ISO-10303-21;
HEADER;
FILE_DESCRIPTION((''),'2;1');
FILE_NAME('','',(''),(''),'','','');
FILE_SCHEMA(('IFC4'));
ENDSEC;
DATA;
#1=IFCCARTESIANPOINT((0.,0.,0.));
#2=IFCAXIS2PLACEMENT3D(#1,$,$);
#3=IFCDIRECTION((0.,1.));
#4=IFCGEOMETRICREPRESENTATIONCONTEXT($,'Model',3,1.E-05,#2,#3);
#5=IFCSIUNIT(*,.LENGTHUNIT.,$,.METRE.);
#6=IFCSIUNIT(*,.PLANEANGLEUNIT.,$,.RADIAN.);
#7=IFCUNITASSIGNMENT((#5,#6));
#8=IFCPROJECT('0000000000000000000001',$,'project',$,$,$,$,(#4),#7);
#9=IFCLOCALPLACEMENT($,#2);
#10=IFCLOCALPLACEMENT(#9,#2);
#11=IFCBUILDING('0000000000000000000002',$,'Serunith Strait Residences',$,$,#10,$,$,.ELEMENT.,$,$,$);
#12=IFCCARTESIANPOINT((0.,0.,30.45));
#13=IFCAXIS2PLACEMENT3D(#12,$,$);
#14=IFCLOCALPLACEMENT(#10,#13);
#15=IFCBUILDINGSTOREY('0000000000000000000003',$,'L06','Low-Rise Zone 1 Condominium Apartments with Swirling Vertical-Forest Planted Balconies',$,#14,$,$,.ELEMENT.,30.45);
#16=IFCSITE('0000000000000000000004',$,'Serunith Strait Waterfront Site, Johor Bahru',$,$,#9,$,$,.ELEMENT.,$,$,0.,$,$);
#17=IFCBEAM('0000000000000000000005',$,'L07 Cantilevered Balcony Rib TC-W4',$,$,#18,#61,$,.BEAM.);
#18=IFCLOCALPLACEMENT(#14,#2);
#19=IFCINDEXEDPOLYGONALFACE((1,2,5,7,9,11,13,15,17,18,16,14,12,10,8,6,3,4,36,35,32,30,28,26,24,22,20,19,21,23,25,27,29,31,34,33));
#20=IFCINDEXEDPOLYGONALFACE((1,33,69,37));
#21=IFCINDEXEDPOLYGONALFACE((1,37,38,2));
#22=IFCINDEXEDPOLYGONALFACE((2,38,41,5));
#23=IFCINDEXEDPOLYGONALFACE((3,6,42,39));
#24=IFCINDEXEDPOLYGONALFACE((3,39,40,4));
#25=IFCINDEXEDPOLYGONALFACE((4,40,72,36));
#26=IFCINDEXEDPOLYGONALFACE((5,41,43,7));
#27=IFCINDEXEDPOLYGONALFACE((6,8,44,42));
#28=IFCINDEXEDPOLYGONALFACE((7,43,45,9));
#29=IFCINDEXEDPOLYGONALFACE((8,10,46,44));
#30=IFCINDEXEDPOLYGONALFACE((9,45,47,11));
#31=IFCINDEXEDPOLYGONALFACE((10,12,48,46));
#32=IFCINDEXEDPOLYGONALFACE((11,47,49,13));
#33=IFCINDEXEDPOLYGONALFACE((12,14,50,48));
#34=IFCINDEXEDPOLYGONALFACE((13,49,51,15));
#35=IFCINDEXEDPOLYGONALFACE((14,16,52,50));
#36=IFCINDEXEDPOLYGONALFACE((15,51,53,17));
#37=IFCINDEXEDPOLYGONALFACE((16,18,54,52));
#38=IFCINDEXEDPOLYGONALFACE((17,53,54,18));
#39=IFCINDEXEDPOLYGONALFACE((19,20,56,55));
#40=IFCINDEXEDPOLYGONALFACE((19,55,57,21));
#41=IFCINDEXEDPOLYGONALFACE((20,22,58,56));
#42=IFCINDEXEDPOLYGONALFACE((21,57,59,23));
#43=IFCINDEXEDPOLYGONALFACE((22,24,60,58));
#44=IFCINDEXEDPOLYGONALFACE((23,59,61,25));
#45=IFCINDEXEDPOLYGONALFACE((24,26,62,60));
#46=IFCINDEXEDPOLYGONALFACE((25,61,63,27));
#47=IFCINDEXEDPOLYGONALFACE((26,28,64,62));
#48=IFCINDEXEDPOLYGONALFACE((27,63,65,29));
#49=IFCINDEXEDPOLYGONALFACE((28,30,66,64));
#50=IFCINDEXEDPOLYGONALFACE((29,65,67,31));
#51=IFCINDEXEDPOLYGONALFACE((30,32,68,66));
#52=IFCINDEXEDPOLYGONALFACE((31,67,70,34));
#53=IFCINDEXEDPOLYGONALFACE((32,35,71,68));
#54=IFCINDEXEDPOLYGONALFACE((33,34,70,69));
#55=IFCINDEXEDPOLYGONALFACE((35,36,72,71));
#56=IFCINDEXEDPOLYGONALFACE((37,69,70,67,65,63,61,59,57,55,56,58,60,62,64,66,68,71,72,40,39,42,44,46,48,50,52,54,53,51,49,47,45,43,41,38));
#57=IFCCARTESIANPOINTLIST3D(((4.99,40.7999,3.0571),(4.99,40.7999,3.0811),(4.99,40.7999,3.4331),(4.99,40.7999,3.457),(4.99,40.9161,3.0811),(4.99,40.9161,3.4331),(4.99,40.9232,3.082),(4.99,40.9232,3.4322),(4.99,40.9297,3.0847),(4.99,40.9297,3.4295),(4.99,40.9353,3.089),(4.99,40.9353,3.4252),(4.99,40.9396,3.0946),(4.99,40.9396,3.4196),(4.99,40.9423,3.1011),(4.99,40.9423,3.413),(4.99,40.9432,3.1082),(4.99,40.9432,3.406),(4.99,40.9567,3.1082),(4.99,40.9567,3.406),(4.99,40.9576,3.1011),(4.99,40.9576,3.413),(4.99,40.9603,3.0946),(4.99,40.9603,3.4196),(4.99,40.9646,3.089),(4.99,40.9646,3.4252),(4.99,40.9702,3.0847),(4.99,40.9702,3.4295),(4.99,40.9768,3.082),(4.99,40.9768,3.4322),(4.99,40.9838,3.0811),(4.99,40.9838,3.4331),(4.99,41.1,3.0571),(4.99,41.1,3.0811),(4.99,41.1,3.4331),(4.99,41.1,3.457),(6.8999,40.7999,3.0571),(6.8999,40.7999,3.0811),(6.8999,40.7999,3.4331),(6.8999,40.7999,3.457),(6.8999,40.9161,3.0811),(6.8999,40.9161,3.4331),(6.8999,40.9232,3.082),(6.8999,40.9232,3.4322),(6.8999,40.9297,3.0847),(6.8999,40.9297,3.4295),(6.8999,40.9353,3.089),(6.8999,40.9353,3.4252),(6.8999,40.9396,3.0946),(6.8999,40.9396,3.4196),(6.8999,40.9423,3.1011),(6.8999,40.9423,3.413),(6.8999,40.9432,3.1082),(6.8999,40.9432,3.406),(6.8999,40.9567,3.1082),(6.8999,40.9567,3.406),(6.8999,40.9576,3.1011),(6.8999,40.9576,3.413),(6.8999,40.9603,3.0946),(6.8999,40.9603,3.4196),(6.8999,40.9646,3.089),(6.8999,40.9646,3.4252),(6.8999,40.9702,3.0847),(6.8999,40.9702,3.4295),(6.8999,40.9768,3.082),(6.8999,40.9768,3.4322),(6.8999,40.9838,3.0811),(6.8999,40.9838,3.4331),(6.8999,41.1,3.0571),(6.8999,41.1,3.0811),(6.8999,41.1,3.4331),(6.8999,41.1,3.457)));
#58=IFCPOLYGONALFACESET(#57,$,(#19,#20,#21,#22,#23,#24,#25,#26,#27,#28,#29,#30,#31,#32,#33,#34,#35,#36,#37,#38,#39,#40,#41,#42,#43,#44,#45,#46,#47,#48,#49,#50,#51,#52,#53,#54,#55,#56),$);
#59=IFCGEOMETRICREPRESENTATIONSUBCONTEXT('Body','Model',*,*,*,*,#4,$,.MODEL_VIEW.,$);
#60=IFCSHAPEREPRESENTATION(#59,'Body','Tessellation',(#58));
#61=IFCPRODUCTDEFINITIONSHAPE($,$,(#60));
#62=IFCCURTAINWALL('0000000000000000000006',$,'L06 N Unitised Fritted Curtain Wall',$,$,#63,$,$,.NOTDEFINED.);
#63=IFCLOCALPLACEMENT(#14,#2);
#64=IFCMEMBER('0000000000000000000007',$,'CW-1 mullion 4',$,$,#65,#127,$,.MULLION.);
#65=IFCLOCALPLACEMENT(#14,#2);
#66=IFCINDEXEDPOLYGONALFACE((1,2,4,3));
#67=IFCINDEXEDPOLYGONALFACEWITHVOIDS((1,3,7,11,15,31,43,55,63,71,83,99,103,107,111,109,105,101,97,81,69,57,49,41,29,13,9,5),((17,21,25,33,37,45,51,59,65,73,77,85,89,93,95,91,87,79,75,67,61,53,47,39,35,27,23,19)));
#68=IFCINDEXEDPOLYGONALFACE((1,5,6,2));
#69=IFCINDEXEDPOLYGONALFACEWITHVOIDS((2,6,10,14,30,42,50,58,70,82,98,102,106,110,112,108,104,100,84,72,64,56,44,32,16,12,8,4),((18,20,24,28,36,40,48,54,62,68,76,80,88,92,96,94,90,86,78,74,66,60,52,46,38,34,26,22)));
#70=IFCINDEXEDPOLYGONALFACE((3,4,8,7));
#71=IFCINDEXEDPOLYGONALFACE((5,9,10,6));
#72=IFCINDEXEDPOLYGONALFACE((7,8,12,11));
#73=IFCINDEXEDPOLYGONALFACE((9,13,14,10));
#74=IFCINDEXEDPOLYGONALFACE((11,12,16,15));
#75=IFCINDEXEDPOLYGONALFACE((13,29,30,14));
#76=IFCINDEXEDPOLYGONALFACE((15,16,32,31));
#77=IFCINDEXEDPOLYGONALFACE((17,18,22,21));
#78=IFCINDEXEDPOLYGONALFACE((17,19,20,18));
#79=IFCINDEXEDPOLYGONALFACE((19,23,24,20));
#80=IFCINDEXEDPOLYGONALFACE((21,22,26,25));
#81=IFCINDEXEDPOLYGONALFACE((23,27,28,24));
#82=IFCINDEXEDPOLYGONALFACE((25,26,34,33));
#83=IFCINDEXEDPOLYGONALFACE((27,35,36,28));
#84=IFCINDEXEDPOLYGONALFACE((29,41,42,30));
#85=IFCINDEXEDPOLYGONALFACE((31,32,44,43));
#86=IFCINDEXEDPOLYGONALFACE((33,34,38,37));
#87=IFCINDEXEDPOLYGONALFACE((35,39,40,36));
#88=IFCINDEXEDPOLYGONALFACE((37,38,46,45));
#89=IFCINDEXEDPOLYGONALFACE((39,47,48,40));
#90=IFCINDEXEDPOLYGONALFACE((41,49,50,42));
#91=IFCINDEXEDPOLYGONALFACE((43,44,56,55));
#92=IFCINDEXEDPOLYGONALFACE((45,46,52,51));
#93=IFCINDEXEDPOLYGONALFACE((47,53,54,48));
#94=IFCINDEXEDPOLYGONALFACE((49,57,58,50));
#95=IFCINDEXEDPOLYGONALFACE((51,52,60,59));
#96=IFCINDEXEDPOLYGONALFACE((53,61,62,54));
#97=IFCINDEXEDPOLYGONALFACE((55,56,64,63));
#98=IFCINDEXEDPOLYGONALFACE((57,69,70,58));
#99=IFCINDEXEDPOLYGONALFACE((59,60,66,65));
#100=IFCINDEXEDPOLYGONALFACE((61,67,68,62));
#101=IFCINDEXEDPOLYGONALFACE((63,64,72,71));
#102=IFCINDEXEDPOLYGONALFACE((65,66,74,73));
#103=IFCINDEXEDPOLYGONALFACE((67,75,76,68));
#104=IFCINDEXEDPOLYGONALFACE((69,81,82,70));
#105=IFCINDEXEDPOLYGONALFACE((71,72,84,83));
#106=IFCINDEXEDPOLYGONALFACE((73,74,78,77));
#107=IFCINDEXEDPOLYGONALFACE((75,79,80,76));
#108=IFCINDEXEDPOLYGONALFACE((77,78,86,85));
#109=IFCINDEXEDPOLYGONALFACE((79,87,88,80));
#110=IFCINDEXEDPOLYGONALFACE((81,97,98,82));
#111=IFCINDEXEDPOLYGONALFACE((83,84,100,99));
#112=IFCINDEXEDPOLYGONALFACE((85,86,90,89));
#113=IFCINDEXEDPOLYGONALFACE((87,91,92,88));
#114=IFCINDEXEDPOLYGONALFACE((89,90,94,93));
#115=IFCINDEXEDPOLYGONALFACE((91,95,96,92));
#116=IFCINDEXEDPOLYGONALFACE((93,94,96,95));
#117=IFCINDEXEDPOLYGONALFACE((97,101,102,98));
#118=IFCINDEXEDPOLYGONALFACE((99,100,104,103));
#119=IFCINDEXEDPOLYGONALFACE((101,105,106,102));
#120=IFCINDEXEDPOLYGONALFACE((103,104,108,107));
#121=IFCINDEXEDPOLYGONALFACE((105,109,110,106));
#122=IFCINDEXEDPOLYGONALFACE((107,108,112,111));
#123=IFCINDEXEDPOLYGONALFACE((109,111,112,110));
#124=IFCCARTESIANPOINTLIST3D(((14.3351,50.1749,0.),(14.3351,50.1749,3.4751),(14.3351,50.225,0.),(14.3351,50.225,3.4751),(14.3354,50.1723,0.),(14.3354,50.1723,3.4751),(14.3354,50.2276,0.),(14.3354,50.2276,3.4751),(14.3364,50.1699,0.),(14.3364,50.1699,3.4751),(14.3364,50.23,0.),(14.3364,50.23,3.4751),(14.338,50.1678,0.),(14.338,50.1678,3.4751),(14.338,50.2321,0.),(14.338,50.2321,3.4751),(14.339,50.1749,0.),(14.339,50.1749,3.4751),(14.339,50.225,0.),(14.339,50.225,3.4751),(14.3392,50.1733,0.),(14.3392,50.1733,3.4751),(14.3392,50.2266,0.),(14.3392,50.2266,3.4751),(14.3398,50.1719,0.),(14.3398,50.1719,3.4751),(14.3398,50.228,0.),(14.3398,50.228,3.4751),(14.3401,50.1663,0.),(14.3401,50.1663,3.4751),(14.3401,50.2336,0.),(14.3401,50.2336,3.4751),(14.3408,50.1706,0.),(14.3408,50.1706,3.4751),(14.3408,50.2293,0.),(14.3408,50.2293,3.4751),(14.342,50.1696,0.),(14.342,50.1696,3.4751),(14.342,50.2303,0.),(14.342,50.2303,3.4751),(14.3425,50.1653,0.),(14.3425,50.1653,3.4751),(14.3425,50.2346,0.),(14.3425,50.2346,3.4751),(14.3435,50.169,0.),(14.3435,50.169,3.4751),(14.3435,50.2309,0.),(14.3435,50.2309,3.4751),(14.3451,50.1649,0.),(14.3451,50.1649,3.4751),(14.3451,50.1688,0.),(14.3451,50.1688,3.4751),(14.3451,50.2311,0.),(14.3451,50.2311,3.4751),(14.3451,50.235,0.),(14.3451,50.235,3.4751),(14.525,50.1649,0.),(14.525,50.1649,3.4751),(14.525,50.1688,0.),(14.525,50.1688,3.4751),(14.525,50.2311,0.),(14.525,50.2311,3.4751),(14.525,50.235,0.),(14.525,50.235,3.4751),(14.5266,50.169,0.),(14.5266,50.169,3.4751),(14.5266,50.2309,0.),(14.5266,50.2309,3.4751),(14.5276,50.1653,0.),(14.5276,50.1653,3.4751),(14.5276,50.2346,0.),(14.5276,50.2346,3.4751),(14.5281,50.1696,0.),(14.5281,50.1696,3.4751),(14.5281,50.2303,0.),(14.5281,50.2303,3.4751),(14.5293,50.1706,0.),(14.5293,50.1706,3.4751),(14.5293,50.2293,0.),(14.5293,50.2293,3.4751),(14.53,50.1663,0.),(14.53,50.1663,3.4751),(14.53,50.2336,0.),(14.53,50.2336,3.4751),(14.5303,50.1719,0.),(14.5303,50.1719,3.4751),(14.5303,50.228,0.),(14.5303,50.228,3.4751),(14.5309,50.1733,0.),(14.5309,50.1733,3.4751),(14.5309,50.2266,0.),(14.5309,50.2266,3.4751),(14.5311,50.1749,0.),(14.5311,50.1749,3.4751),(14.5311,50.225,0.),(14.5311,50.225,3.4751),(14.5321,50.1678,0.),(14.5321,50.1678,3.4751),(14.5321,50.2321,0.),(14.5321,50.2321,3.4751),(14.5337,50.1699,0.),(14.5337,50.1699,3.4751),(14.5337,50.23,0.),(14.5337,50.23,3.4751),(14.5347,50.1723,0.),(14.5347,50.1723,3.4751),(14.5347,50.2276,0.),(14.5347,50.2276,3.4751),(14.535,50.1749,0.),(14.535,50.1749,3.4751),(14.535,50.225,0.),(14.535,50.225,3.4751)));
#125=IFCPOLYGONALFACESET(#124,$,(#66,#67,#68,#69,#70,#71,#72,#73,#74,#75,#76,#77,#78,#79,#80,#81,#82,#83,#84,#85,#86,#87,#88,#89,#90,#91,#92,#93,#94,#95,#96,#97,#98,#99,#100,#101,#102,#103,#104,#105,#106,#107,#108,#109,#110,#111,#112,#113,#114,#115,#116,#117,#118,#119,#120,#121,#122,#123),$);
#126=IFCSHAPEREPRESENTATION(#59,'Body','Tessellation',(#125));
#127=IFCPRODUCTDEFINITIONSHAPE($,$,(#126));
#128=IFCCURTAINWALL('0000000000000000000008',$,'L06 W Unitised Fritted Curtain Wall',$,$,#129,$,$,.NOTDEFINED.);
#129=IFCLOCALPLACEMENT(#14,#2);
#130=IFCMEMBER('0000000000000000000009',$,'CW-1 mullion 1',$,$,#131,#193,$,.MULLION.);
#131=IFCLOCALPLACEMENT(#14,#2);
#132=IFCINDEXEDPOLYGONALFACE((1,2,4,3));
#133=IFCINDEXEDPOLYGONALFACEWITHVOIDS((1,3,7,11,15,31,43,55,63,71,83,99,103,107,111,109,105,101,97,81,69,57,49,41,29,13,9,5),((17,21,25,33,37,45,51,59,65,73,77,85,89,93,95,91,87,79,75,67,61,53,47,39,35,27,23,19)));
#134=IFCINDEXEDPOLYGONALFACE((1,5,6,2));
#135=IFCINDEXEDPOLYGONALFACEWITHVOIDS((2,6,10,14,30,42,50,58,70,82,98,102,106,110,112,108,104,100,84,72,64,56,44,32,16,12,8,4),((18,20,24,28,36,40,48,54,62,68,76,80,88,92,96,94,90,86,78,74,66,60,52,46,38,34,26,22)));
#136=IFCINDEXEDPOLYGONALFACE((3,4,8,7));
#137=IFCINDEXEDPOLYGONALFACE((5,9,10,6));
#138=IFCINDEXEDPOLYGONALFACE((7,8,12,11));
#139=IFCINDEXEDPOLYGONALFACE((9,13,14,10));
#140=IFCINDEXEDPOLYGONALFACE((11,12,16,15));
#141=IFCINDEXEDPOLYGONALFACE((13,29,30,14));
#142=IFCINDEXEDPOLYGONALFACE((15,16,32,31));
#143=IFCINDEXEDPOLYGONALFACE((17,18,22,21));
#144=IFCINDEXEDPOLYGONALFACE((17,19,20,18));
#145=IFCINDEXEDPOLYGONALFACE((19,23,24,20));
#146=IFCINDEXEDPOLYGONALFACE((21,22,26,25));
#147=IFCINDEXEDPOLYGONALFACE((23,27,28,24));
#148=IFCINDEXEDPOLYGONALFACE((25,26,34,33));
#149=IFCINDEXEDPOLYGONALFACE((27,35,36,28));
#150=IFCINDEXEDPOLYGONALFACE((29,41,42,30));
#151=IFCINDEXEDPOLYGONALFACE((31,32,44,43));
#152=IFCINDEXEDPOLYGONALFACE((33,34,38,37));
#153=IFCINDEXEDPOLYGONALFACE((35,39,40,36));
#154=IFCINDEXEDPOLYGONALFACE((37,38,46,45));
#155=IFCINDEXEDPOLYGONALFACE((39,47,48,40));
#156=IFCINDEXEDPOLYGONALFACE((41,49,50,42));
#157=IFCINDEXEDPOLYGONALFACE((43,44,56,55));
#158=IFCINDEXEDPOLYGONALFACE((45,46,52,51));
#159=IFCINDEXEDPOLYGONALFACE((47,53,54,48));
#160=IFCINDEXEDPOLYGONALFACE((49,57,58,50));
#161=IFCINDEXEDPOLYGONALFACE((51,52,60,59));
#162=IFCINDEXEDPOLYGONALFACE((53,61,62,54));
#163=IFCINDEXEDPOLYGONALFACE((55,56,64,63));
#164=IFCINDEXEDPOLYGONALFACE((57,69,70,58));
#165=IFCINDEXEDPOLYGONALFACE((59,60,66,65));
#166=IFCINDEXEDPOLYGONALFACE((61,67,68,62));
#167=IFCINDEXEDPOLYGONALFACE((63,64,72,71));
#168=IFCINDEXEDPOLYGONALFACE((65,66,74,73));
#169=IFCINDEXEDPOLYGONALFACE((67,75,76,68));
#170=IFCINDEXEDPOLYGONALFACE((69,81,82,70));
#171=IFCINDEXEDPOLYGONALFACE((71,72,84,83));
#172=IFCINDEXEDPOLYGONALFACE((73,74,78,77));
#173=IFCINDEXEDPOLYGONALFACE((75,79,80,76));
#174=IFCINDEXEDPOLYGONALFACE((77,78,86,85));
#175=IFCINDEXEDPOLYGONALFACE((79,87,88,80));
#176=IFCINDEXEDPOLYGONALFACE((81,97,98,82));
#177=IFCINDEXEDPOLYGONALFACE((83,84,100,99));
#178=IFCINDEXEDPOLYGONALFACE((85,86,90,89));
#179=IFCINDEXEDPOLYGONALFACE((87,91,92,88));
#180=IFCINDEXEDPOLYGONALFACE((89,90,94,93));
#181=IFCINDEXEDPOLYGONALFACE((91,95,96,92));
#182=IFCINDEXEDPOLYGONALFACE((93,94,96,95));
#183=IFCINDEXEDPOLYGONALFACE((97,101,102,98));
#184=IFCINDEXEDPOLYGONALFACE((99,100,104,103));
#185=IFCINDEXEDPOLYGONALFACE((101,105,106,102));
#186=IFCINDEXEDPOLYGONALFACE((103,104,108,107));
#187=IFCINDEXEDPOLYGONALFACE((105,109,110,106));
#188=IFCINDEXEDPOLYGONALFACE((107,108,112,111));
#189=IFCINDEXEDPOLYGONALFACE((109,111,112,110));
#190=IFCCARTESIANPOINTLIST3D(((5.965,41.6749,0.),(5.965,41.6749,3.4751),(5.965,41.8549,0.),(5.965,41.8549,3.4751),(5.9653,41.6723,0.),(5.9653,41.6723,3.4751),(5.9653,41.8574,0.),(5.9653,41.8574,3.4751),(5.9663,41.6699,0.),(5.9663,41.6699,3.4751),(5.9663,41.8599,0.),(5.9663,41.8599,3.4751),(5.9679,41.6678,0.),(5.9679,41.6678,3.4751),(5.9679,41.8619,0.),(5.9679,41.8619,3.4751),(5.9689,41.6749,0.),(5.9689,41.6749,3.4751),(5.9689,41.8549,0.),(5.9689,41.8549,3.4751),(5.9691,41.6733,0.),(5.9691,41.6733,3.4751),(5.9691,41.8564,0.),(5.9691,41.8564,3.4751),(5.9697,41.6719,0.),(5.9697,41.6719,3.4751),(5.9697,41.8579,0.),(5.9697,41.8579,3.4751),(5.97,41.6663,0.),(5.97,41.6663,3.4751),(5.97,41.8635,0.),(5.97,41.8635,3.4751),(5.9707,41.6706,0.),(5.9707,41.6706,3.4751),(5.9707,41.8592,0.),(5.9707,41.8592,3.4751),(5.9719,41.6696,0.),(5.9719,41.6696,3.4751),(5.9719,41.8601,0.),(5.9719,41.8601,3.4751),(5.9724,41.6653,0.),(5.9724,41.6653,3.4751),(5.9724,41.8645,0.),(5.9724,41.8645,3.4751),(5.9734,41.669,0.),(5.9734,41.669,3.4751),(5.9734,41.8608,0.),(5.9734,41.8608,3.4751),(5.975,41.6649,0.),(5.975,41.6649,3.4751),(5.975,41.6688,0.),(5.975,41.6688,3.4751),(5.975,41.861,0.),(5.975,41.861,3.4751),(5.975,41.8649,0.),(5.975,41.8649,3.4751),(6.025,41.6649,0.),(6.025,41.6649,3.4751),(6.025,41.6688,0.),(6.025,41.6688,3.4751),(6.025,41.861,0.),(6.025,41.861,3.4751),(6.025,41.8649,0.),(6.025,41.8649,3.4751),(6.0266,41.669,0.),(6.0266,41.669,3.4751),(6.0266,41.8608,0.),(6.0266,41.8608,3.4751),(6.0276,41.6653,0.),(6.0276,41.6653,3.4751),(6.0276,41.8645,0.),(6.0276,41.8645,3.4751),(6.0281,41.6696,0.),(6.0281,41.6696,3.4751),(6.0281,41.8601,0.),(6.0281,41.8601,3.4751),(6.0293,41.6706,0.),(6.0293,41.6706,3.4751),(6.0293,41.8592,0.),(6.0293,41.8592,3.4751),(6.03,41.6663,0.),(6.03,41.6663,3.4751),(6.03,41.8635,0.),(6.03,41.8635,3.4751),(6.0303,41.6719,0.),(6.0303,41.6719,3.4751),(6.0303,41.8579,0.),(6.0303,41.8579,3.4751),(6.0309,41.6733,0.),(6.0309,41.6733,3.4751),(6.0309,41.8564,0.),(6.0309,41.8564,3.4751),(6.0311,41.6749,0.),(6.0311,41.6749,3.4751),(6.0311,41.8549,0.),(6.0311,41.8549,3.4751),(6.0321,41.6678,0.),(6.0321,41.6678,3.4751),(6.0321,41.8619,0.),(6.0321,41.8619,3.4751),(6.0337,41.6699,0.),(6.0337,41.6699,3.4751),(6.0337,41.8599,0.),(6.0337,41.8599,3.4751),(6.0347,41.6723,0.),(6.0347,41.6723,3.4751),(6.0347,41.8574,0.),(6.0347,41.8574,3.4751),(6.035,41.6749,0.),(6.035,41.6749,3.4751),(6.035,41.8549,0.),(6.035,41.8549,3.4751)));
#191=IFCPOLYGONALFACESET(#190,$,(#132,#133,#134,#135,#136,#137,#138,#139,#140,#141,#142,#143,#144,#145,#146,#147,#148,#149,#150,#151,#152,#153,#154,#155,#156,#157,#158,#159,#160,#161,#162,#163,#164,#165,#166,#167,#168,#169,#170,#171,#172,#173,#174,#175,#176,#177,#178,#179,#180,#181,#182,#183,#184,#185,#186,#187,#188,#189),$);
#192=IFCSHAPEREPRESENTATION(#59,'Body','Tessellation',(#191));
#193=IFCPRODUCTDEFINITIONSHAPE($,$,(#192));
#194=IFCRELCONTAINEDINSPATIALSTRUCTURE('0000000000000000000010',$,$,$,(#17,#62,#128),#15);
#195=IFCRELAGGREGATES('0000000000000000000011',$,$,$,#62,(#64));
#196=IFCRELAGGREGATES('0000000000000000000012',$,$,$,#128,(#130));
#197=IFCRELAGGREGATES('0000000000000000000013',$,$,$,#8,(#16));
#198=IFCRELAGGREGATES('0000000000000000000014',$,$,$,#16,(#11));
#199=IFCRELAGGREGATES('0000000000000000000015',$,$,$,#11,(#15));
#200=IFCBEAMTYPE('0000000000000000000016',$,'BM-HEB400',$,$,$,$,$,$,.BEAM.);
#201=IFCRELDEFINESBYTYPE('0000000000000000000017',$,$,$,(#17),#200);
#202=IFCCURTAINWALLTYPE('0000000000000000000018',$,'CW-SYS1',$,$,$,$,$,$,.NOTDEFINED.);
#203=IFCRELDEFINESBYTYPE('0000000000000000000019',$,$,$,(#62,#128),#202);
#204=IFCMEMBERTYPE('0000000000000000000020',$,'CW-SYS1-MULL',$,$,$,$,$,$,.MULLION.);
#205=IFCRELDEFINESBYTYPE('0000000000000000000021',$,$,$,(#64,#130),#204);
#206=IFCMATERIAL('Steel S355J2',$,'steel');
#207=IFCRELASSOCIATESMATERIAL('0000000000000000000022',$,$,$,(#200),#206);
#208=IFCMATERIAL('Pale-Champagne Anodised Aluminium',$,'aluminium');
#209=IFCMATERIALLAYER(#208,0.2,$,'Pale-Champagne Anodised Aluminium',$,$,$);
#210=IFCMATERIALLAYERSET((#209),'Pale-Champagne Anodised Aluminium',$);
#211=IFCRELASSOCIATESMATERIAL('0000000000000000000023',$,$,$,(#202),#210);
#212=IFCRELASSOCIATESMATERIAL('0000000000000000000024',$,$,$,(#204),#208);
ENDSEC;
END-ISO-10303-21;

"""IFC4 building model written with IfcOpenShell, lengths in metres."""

from ifc_helpers import new_model, si_unit, direction, frame, origin, origin_2d, place, context, subcontext, project, spatial, hollow_rectangle, i_section, extrude, source, transform, mapped, material, layer, layer_set, material_profile, profile_set, type_object, element, aggregate, save


model = new_model("IFC4")

# Units and contexts
model_context = context("Model", 3, precision=1e-05, world=origin(), true_north=direction((0.0, 1.0)))
body_context = subcontext(model_context, "Body", "Model", "MODEL_VIEW")
ifc_project = project(units=[si_unit("LENGTHUNIT", "METRE"), si_unit("PLANEANGLEUNIT", "RADIAN")], contexts=[model_context])

# Site, building, storey
site_placement = place(None, origin())
site = spatial("IfcSite", under=ifc_project, at=site_placement, Name="Serunith Strait Waterfront Site, Johor Bahru", CompositionType="ELEMENT", RefElevation=0.0)
building_placement = place(site_placement, origin())
building = spatial("IfcBuilding", under=site, at=building_placement, Name="Serunith Strait Residences", CompositionType="ELEMENT")
storey_placement = place(building_placement, frame((0.0, 0.0, 30.45)))
storey = spatial("IfcBuildingStorey", under=building, at=storey_placement, Name="L06", Description="Low-Rise Zone 1 Condominium Apartments with Swirling Vertical-Forest Planted Balconies", CompositionType="ELEMENT", Elevation=30.45)

# Beam
ifc_material_1 = material(Name="Steel S355J2", Category="steel")
ifc_material_profile_1 = material_profile(ifc_material_1, i_section(OverallWidth=0.3, OverallDepth=0.3999, WebThickness=0.0134, FlangeThickness=0.0239, FilletRadius=0.0271, at=origin_2d()), Name="HEB 400")
ifc_profile_set_1 = profile_set([ifc_material_profile_1], Name="Steel S355J2")
beam_type_1 = type_object("IfcBeamType", Name="BM-HEB400", PredefinedType="BEAM", material=ifc_profile_set_1)
shared_shape_1 = source(origin(), body_context, "Body", "SweptSolid", [
    extrude(i_section(OverallWidth=0.3, OverallDepth=0.3999, WebThickness=0.0134, FlangeThickness=0.0239, FilletRadius=0.0271, at=origin_2d()), origin(), (0.0, 0.0, 1.0), 1.9099),
])
beam_1_placement = place(storey_placement, frame((6.8999, 40.95, 3.2571), z_axis=(-1.0, 0.0, 0.0), x_axis=(0.0, -1.0, 0.0)))
element("IfcBeam", 1, at=beam_1_placement, inside=storey, type_object=beam_type_1, Name="L07 Cantilevered Balcony Rib TC-W4", PredefinedType="BEAM", context=body_context, shape_type="MappedRepresentation", body=[
    mapped(shared_shape_1, transform((0.0, 0.0, 0.0), scale=1.0)),
])

# Curtain wall, member
ifc_material_2 = material(Name="Pale-Champagne Anodised Aluminium", Category="aluminium")
ifc_layer_1 = layer(ifc_material_2, 0.2, Name="Pale-Champagne Anodised Aluminium")
ifc_layer_set_1 = layer_set([ifc_layer_1], Name="Pale-Champagne Anodised Aluminium")
curtain_wall_type = type_object("IfcCurtainWallType", Name="CW-SYS1", PredefinedType="NOTDEFINED", material=ifc_layer_set_1)
curtain_wall_1_placement = place(storey_placement, origin())
curtain_wall_1 = element("IfcCurtainWall", 2, at=curtain_wall_1_placement, inside=storey, type_object=curtain_wall_type, Name="L06 N Unitised Fritted Curtain Wall", PredefinedType="NOTDEFINED")
ifc_material_profile_2 = material_profile(ifc_material_2, hollow_rectangle(XDim=0.0701, YDim=0.2, WallThickness=0.0039, InnerFilletRadius=0.0061, OuterFilletRadius=0.01, at=origin_2d()), Name="ALU 200x70x4")
ifc_profile_set_2 = profile_set([ifc_material_profile_2], Name="Pale-Champagne Anodised Aluminium")
member_type_1 = type_object("IfcMemberType", Name="CW-SYS1-MULL", PredefinedType="MULLION", material=ifc_profile_set_2)
shared_shape_2 = source(origin(), body_context, "Body", "SweptSolid", [
    extrude(hollow_rectangle(XDim=0.0701, YDim=0.2, WallThickness=0.0039, InnerFilletRadius=0.0061, OuterFilletRadius=0.01, at=origin_2d()), origin(), (0.0, 0.0, 1.0), 3.4751),
])
member_1_placement = place(storey_placement, frame((14.4351, 50.2, 0.0), z_axis=(0.0, 0.0, 1.0), x_axis=(0.0, -1.0, 0.0)))
member_1 = element("IfcMember", 3, at=member_1_placement, type_object=member_type_1, Name="CW-1 mullion 4", PredefinedType="MULLION", context=body_context, shape_type="MappedRepresentation", body=[
    mapped(shared_shape_2, transform((0.0, 0.0, 0.0), scale=1.0)),
])
aggregate(curtain_wall_1, [member_1])

# Curtain wall, member
curtain_wall_2_placement = place(storey_placement, origin())
curtain_wall_2 = element("IfcCurtainWall", 4, at=curtain_wall_2_placement, inside=storey, type_object=curtain_wall_type, Name="L06 W Unitised Fritted Curtain Wall", PredefinedType="NOTDEFINED")
member_2_placement = place(storey_placement, frame((6.0, 41.7649, 0.0), z_axis=(0.0, 0.0, 1.0), x_axis=(1.0, 0.0, 0.0)))
member_2 = element("IfcMember", 5, at=member_2_placement, type_object=member_type_1, Name="CW-1 mullion 1", PredefinedType="MULLION", context=body_context, shape_type="MappedRepresentation", body=[
    mapped(shared_shape_2, transform((0.0, 0.0, 0.0), scale=1.0)),
])
aggregate(curtain_wall_2, [member_2])

save(model, "model.ifc")
